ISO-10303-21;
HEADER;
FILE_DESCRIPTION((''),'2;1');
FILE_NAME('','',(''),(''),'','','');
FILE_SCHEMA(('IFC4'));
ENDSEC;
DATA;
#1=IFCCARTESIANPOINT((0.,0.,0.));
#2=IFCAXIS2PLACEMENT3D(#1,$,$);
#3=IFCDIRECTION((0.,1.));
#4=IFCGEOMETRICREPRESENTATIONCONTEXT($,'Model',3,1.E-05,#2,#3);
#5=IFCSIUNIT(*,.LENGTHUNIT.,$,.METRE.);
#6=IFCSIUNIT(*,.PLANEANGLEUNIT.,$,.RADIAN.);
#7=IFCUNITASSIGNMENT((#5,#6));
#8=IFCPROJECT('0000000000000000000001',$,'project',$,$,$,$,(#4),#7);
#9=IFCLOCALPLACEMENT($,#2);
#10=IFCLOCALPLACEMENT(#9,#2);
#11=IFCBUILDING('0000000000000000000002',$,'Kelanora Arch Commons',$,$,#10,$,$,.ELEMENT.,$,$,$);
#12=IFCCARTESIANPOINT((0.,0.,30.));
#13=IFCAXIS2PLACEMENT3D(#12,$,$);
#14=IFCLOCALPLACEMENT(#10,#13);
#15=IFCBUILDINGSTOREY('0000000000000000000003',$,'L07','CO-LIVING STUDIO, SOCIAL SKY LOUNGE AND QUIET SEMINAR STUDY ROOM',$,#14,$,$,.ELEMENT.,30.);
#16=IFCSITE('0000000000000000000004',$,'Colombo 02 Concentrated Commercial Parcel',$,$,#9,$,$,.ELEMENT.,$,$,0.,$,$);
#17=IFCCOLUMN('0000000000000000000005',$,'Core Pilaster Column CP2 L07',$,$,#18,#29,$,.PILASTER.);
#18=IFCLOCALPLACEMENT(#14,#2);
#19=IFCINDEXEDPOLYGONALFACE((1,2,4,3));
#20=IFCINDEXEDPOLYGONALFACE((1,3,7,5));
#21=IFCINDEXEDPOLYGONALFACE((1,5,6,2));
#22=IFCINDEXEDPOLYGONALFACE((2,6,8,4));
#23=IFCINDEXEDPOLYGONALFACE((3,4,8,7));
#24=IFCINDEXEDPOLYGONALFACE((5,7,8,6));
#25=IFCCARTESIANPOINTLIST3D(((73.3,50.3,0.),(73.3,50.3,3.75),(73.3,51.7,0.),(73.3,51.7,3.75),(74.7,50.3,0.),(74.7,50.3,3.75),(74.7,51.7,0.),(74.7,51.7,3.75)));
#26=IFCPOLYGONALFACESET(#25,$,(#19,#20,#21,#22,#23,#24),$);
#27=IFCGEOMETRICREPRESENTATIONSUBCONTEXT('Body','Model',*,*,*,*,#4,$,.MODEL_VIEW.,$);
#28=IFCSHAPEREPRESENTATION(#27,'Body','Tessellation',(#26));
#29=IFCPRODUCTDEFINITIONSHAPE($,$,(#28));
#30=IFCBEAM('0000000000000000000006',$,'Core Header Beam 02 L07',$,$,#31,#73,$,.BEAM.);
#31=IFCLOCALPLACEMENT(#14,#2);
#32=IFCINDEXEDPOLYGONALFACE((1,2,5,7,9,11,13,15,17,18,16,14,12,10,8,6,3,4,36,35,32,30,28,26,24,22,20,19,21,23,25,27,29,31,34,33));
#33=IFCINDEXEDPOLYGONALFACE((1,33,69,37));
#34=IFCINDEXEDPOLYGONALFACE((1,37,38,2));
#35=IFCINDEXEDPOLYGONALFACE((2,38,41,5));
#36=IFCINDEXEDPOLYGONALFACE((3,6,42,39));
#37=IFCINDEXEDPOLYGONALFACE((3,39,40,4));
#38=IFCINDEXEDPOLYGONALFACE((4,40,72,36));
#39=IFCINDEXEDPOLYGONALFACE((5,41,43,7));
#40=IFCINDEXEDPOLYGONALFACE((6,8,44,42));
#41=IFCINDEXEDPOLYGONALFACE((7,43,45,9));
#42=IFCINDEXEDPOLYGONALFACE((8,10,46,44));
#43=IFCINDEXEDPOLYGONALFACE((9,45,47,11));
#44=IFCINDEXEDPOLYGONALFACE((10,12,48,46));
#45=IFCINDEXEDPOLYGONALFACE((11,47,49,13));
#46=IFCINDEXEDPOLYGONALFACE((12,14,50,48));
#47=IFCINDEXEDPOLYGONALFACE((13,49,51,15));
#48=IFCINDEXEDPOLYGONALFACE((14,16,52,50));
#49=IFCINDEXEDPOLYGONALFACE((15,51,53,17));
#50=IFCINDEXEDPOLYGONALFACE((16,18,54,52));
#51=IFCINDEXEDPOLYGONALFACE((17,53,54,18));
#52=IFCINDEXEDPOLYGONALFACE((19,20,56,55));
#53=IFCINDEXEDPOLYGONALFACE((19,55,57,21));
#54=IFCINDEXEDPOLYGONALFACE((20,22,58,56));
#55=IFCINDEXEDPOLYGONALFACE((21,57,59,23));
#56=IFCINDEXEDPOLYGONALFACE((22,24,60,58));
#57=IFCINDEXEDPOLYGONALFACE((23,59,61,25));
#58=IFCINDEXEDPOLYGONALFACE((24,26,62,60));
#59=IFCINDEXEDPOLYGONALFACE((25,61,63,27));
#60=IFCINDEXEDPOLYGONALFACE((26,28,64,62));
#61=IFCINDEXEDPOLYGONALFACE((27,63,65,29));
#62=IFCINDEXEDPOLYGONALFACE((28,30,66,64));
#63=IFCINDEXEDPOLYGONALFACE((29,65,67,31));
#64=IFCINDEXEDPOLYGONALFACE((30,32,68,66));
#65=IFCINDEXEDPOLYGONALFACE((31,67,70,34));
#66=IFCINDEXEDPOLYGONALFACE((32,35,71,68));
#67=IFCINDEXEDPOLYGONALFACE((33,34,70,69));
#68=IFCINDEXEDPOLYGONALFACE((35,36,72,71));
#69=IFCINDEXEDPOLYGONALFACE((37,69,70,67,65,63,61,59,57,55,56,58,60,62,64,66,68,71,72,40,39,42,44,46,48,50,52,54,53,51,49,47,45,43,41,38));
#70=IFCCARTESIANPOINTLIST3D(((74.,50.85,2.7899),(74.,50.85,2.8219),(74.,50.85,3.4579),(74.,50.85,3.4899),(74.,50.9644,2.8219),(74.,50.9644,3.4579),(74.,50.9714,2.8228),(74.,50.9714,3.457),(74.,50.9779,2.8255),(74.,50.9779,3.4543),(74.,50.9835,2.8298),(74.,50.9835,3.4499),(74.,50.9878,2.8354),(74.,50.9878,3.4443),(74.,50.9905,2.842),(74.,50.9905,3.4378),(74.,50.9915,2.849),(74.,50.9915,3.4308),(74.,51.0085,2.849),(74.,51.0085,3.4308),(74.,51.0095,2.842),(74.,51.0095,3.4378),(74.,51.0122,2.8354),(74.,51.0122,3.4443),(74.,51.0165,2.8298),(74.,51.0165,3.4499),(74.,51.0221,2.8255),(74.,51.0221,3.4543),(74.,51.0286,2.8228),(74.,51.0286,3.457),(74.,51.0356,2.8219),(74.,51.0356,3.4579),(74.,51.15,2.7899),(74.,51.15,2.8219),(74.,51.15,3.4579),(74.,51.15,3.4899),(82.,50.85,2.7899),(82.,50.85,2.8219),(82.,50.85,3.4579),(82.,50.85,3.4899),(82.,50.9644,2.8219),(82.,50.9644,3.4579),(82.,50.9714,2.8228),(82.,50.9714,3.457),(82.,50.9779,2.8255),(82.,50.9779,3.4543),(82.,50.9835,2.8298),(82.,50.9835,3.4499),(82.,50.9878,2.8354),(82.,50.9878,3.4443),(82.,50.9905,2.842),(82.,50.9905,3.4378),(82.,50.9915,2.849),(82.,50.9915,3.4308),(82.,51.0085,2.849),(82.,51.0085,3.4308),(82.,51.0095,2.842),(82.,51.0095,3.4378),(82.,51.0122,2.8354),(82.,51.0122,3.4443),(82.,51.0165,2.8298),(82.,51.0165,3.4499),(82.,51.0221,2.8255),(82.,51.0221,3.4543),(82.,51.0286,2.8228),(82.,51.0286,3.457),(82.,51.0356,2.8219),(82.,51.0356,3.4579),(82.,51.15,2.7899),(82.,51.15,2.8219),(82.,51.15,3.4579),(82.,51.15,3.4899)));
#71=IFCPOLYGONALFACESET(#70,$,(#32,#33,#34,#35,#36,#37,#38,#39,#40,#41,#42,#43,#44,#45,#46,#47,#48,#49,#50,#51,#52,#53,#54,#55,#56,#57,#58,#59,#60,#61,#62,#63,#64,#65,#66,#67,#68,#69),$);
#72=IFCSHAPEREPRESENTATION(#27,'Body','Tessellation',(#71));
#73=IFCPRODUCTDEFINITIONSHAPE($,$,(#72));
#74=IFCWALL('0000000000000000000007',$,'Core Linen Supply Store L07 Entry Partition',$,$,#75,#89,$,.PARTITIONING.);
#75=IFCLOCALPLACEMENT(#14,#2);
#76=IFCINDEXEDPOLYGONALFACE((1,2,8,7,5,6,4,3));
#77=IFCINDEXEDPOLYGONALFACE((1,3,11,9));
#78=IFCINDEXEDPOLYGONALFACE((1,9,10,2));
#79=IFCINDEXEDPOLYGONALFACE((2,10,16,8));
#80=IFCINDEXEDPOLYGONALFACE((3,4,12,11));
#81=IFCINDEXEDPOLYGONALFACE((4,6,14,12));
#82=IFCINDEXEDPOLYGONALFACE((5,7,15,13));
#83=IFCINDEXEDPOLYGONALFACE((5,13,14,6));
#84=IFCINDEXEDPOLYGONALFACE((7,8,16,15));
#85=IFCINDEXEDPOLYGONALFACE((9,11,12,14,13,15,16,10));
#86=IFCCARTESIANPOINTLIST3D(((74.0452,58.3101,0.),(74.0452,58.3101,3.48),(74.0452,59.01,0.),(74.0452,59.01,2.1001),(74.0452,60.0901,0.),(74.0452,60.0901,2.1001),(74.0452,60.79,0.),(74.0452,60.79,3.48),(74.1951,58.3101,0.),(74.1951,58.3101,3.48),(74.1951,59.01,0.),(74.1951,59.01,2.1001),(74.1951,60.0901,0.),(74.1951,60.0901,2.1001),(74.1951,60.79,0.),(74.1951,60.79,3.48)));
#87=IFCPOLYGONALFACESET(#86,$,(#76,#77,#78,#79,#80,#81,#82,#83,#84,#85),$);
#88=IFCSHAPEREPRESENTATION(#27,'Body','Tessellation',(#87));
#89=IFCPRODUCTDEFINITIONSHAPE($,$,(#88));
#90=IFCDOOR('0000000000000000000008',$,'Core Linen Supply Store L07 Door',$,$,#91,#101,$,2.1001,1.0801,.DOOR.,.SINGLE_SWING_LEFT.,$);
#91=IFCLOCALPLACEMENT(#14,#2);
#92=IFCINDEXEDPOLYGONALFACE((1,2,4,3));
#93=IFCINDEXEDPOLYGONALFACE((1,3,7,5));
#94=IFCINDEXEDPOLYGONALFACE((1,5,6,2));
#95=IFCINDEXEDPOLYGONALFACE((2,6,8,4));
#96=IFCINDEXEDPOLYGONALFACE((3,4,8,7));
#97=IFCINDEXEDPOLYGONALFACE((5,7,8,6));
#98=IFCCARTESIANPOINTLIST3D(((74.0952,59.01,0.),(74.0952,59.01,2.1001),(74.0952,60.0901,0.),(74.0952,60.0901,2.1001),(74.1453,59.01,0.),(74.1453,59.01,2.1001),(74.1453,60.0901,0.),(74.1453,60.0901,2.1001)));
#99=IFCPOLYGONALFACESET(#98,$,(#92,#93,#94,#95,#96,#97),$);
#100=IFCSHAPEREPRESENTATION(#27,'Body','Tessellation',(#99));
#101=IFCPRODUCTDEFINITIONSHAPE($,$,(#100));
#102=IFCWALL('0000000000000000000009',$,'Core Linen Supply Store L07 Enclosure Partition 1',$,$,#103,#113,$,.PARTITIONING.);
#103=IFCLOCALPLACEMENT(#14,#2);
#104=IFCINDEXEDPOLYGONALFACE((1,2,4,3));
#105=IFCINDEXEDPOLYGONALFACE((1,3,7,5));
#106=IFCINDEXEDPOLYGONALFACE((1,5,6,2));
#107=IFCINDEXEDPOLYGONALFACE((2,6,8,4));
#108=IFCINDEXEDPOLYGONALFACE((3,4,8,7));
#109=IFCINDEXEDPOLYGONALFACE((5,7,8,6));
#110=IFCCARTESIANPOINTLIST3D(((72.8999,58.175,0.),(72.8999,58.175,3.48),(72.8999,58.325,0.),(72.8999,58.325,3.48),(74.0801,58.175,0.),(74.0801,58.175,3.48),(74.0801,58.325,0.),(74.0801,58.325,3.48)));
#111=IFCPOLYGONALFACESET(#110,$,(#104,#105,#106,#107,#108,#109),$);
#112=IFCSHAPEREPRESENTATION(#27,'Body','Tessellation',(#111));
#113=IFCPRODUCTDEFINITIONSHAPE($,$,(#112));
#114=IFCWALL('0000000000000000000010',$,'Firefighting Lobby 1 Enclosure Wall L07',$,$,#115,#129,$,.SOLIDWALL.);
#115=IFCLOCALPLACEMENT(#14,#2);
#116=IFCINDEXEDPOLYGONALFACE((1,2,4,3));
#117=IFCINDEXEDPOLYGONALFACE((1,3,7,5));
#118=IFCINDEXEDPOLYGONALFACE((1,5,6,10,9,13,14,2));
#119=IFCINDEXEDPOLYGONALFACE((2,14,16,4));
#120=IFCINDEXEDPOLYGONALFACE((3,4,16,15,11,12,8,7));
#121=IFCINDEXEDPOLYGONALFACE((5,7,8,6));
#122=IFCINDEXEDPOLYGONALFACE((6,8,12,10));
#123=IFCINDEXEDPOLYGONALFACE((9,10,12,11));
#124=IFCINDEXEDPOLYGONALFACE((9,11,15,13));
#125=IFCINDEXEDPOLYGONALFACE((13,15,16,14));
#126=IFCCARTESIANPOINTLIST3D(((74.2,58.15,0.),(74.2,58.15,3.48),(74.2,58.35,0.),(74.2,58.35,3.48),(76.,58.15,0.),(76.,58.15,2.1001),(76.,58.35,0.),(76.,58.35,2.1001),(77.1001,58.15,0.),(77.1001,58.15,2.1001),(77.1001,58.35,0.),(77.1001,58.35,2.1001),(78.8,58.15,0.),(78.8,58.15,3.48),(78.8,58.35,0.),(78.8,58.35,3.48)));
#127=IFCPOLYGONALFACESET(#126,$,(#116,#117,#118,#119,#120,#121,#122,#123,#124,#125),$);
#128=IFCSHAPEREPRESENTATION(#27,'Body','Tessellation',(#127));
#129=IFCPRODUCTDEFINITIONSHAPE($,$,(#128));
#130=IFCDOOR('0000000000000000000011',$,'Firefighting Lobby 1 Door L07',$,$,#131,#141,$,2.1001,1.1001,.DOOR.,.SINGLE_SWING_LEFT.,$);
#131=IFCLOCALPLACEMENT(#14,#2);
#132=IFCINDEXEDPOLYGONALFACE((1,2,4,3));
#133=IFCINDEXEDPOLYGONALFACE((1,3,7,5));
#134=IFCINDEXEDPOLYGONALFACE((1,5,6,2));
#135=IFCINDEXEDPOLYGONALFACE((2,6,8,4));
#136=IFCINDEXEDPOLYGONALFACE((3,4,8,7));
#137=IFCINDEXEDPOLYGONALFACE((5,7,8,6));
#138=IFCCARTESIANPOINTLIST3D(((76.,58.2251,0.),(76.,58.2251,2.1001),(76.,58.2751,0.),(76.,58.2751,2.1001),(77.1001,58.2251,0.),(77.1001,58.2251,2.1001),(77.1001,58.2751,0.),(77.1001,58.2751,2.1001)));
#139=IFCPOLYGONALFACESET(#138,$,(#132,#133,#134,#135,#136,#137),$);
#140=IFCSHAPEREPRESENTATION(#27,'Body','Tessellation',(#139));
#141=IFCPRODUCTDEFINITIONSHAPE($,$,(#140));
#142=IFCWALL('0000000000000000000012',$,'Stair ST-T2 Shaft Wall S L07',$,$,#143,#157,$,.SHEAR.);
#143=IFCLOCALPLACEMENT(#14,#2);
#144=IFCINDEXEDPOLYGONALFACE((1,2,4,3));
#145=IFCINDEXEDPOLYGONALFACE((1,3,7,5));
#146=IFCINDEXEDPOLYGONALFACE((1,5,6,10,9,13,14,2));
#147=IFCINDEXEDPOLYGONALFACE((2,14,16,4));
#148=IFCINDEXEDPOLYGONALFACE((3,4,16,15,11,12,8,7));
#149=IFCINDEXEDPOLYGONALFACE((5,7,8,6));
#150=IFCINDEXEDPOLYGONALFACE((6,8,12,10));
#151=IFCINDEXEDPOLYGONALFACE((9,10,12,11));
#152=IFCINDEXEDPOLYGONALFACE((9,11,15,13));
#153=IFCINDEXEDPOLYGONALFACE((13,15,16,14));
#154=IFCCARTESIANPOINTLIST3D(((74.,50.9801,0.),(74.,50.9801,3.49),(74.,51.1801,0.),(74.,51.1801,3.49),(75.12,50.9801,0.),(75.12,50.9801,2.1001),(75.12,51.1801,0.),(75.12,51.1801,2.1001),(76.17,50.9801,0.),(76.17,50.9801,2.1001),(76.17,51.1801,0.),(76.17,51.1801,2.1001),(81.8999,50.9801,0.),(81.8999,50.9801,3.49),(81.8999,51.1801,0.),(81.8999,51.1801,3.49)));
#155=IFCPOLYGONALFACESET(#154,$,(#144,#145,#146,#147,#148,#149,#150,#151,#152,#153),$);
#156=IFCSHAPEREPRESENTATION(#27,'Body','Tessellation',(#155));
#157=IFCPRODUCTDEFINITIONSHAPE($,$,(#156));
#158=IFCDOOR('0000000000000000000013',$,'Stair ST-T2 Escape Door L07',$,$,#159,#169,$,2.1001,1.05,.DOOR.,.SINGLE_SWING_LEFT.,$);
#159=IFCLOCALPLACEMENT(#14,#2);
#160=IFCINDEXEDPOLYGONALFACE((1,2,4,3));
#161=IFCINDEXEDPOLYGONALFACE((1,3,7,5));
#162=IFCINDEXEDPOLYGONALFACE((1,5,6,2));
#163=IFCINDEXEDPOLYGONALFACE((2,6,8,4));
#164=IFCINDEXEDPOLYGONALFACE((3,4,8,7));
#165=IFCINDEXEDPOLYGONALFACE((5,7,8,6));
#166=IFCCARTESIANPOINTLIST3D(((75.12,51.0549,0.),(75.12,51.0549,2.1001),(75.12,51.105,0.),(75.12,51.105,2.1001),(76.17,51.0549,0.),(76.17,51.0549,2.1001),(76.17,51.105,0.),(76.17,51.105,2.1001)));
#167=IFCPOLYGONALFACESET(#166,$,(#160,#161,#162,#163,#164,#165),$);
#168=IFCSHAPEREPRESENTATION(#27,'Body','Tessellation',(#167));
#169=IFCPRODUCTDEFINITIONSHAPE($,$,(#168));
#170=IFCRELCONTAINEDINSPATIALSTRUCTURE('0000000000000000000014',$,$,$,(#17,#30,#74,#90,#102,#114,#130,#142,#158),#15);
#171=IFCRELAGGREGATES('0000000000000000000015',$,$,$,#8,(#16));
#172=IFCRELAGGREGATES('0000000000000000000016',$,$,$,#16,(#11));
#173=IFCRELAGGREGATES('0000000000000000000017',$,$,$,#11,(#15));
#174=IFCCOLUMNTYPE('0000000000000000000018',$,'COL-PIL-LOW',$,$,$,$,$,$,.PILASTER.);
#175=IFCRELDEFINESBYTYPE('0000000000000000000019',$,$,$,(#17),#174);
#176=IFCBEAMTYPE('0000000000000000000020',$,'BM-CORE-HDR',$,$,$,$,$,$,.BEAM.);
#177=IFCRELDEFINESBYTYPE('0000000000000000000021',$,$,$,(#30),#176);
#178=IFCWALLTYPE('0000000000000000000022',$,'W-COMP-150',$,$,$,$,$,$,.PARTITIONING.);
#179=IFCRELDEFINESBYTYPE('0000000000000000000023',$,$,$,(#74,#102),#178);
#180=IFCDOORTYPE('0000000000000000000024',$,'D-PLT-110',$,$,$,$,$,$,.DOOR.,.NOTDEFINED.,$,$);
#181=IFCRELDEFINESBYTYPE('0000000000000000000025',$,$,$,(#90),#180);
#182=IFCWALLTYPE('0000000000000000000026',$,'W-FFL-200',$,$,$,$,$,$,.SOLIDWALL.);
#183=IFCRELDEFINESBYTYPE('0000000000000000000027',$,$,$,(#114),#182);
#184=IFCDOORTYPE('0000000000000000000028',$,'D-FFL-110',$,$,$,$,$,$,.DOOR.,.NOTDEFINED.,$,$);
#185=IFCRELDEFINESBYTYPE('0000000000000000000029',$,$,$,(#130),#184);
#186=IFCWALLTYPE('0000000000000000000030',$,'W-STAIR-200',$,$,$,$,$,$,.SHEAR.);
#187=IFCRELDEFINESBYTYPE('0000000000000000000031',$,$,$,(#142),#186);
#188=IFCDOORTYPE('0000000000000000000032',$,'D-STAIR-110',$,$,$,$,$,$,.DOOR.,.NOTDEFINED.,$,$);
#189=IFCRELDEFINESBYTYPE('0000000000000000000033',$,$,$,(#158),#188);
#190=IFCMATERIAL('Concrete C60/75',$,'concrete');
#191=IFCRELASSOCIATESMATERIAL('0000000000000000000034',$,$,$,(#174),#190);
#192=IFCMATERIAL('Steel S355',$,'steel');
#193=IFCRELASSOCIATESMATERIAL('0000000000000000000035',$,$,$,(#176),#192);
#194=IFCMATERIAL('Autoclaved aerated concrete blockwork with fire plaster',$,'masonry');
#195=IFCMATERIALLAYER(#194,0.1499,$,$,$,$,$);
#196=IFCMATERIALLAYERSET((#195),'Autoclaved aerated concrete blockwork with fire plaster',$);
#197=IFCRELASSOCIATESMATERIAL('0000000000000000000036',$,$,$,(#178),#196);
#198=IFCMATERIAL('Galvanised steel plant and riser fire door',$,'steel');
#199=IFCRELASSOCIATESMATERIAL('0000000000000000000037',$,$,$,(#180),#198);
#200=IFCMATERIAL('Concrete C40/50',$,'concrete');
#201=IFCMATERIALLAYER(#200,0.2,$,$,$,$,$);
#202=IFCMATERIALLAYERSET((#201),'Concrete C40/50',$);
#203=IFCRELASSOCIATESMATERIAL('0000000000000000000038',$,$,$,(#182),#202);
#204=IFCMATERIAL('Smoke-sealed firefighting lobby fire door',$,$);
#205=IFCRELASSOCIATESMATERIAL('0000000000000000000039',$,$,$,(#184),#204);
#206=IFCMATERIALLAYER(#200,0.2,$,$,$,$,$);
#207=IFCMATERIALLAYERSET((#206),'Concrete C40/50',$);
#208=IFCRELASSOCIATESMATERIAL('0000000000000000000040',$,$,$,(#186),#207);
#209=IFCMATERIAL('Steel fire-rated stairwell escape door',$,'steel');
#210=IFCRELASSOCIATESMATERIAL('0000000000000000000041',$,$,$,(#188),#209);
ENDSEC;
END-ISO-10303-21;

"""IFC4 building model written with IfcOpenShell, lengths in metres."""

from ifc_helpers import new_model, si_unit, direction, frame, frame_2d, origin, origin_2d, place, context, subcontext, project, spatial, rectangle, i_section, extrude, material, layer, layer_set, material_profile, profile_set, type_object, element, fill, save


model = new_model("IFC4")

# Units and contexts
model_context = context("Model", 3, precision=1e-05, world=origin(), true_north=direction((0.0, 1.0)))
body_context = subcontext(model_context, "Body", "Model", "MODEL_VIEW")
ifc_project = project(units=[si_unit("LENGTHUNIT", "METRE"), si_unit("PLANEANGLEUNIT", "RADIAN")], contexts=[model_context])

# Site, building, storey
site_placement = place(None, origin())
site = spatial("IfcSite", under=ifc_project, at=site_placement, Name="Colombo 02 Concentrated Commercial Parcel", CompositionType="ELEMENT", RefElevation=0.0)
building_placement = place(site_placement, origin())
building = spatial("IfcBuilding", under=site, at=building_placement, Name="Kelanora Arch Commons", CompositionType="ELEMENT")
storey_placement = place(building_placement, frame((0.0, 0.0, 30.0)))
storey = spatial("IfcBuildingStorey", under=building, at=storey_placement, Name="L07", Description="CO-LIVING STUDIO, SOCIAL SKY LOUNGE AND QUIET SEMINAR STUDY ROOM", CompositionType="ELEMENT", Elevation=30.0)

# Column
ifc_material_1 = material(Name="Concrete C60/75", Category="concrete")
ifc_material_profile_1 = material_profile(ifc_material_1, rectangle(XDim=1.3999, YDim=1.3999, at=origin_2d()), Name="RC1400x1400")
ifc_profile_set_1 = profile_set([ifc_material_profile_1], Name="Concrete C60/75")
column_type = type_object("IfcColumnType", Name="COL-PIL-LOW", PredefinedType="PILASTER", material=ifc_profile_set_1)
column_placement = place(storey_placement, frame((74.0, 51.0, 0.0), z_axis=(0.0, 0.0, 1.0), x_axis=(1.0, 0.0, 0.0)))
element("IfcColumn", 1, at=column_placement, inside=storey, type_object=column_type, Name="Core Pilaster Column CP2 L07", PredefinedType="PILASTER", context=body_context, shape_type="SweptSolid", body=[
    extrude(rectangle(XDim=1.3999, YDim=1.3999, at=origin_2d()), origin(), (0.0, 0.0, 1.0), 3.75),
])

# Beam
ifc_material_2 = material(Name="Steel S355", Category="steel")
ifc_material_profile_2 = material_profile(ifc_material_2, i_section(OverallWidth=0.3, OverallDepth=0.7, WebThickness=0.0171, FlangeThickness=0.032, FilletRadius=0.0271, at=origin_2d()), Name="HEB700")
ifc_profile_set_2 = profile_set([ifc_material_profile_2], Name="Steel S355")
beam_type = type_object("IfcBeamType", Name="BM-CORE-HDR", PredefinedType="BEAM", material=ifc_profile_set_2)
beam_placement = place(storey_placement, frame((74.0, 51.0, 3.1399), z_axis=(1.0, 0.0, 0.0), x_axis=(0.0, 1.0, 0.0)))
element("IfcBeam", 2, at=beam_placement, inside=storey, type_object=beam_type, Name="Core Header Beam 02 L07", PredefinedType="BEAM", context=body_context, shape_type="SweptSolid", body=[
    extrude(i_section(OverallWidth=0.3, OverallDepth=0.7, WebThickness=0.0171, FlangeThickness=0.032, FilletRadius=0.0271, at=origin_2d()), origin(), (0.0, 0.0, 1.0), 8.0),
])

# Wall, opening, door
ifc_material_3 = material(Name="Autoclaved aerated concrete blockwork with fire plaster", Category="masonry")
ifc_layer_1 = layer(ifc_material_3, 0.1499)
ifc_layer_set_1 = layer_set([ifc_layer_1], Name="Autoclaved aerated concrete blockwork with fire plaster")
wall_type_1 = type_object("IfcWallType", Name="W-COMP-150", PredefinedType="PARTITIONING", material=ifc_layer_set_1)
wall_1_placement = place(storey_placement, frame((74.1201, 58.3101, 0.0), z_axis=(0.0, 0.0, 1.0), x_axis=(0.0, 1.0, 0.0)))
wall_1 = element("IfcWall", 3, at=wall_1_placement, inside=storey, type_object=wall_type_1, Name="Core Linen Supply Store L07 Entry Partition", PredefinedType="PARTITIONING", context=body_context, shape_type="SweptSolid", body=[
    extrude(rectangle(XDim=2.48, YDim=0.1499, at=frame_2d((1.24, 0.0))), origin(), (0.0, 0.0, 1.0), 3.48),
])
opening_1_placement = place(wall_1_placement, frame((0.7, 0.0, 0.0)))
opening_1 = element("IfcOpeningElement", 4, at=opening_1_placement, cuts=wall_1, PredefinedType="OPENING", context=body_context, shape_type="SweptSolid", body=[
    extrude(rectangle(XDim=1.0801, YDim=2.1001, at=frame_2d((0.54, 1.05))), frame((0.0, 0.085, 0.0), z_axis=(0.0, -1.0, 0.0), x_axis=(1.0, 0.0, 0.0)), (0.0, 0.0, 1.0), 0.1699),
])
ifc_material_4 = material(Name="Galvanised steel plant and riser fire door", Category="steel")
door_type_1 = type_object("IfcDoorType", Name="D-PLT-110", OperationType="NOTDEFINED", PredefinedType="DOOR", material=ifc_material_4)
door_1_placement = place(opening_1_placement, origin())
door_1 = element("IfcDoor", 5, at=door_1_placement, inside=storey, type_object=door_type_1, Name="Core Linen Supply Store L07 Door", OperationType="SINGLE_SWING_LEFT", OverallHeight=2.1001, OverallWidth=1.0801, PredefinedType="DOOR", context=body_context, shape_type="SweptSolid", body=[
    extrude(rectangle(XDim=1.0801, YDim=2.1001, at=frame_2d((0.54, 1.05))), frame((0.0, 0.0249, 0.0), z_axis=(0.0, -1.0, 0.0), x_axis=(1.0, 0.0, 0.0)), (0.0, 0.0, 1.0), 0.05),
])
fill(opening_1, door_1)

# Wall
wall_2_placement = place(storey_placement, frame((72.8999, 58.25, 0.0), z_axis=(0.0, 0.0, 1.0), x_axis=(1.0, 0.0, 0.0)))
element("IfcWall", 6, at=wall_2_placement, inside=storey, type_object=wall_type_1, Name="Core Linen Supply Store L07 Enclosure Partition 1", PredefinedType="PARTITIONING", context=body_context, shape_type="SweptSolid", body=[
    extrude(rectangle(XDim=1.1802, YDim=0.1499, at=frame_2d((0.5901, 0.0))), origin(), (0.0, 0.0, 1.0), 3.48),
])

# Walls, openings, doors
ifc_material_5 = material(Name="Concrete C40/50", Category="concrete")
ifc_layer_2 = layer(ifc_material_5, 0.2)
ifc_layer_set_2 = layer_set([ifc_layer_2], Name="Concrete C40/50")
wall_type_2 = type_object("IfcWallType", Name="W-FFL-200", PredefinedType="SOLIDWALL", material=ifc_layer_set_2)
wall_3_placement = place(storey_placement, frame((74.2, 58.25, 0.0), z_axis=(0.0, 0.0, 1.0), x_axis=(1.0, 0.0, 0.0)))
wall_3 = element("IfcWall", 7, at=wall_3_placement, inside=storey, type_object=wall_type_2, Name="Firefighting Lobby 1 Enclosure Wall L07", PredefinedType="SOLIDWALL", context=body_context, shape_type="SweptSolid", body=[
    extrude(rectangle(XDim=4.6001, YDim=0.2, at=frame_2d((2.3, 0.0))), origin(), (0.0, 0.0, 1.0), 3.48),
])
opening_2_placement = place(wall_3_placement, frame((1.8, 0.0, 0.0)))
opening_2 = element("IfcOpeningElement", 8, at=opening_2_placement, cuts=wall_3, PredefinedType="OPENING", context=body_context, shape_type="SweptSolid", body=[
    extrude(rectangle(XDim=1.1001, YDim=2.1001, at=frame_2d((0.55, 1.05))), frame((0.0, 0.1099, 0.0), z_axis=(0.0, -1.0, 0.0), x_axis=(1.0, 0.0, 0.0)), (0.0, 0.0, 1.0), 0.22),
])
ifc_material_6 = material(Name="Smoke-sealed firefighting lobby fire door")
door_type_2 = type_object("IfcDoorType", Name="D-FFL-110", OperationType="NOTDEFINED", PredefinedType="DOOR", material=ifc_material_6)
door_2_placement = place(opening_2_placement, frame((1.1001, 0.0, 0.0), z_axis=(0.0, 0.0, 1.0), x_axis=(-1.0, 0.0, 0.0)))
door_2 = element("IfcDoor", 9, at=door_2_placement, inside=storey, type_object=door_type_2, Name="Firefighting Lobby 1 Door L07", OperationType="SINGLE_SWING_LEFT", OverallHeight=2.1001, OverallWidth=1.1001, PredefinedType="DOOR", context=body_context, shape_type="SweptSolid", body=[
    extrude(rectangle(XDim=1.1001, YDim=2.1001, at=frame_2d((0.55, 1.05))), frame((0.0, 0.0249, 0.0), z_axis=(0.0, -1.0, 0.0), x_axis=(1.0, 0.0, 0.0)), (0.0, 0.0, 1.0), 0.05),
])
fill(opening_2, door_2)
ifc_layer_3 = layer(ifc_material_5, 0.2)
ifc_layer_set_3 = layer_set([ifc_layer_3], Name="Concrete C40/50")
wall_type_3 = type_object("IfcWallType", Name="W-STAIR-200", PredefinedType="SHEAR", material=ifc_layer_set_3)
wall_4_placement = place(storey_placement, frame((74.0, 51.0801, 0.0), z_axis=(0.0, 0.0, 1.0), x_axis=(1.0, 0.0, 0.0)))
wall_4 = element("IfcWall", 10, at=wall_4_placement, inside=storey, type_object=wall_type_3, Name="Stair ST-T2 Shaft Wall S L07", PredefinedType="SHEAR", context=body_context, shape_type="SweptSolid", body=[
    extrude(rectangle(XDim=7.8999, YDim=0.2, at=frame_2d((3.95, 0.0))), origin(), (0.0, 0.0, 1.0), 3.49),
])
opening_3_placement = place(wall_4_placement, frame((1.1201, 0.0, 0.0)))
opening_3 = element("IfcOpeningElement", 11, at=opening_3_placement, cuts=wall_4, PredefinedType="OPENING", context=body_context, shape_type="SweptSolid", body=[
    extrude(rectangle(XDim=1.05, YDim=2.1001, at=frame_2d((0.5249, 1.05))), frame((0.0, 0.1099, 0.0), z_axis=(0.0, -1.0, 0.0), x_axis=(1.0, 0.0, 0.0)), (0.0, 0.0, 1.0), 0.22),
])
ifc_material_7 = material(Name="Steel fire-rated stairwell escape door", Category="steel")
door_type_3 = type_object("IfcDoorType", Name="D-STAIR-110", OperationType="NOTDEFINED", PredefinedType="DOOR", material=ifc_material_7)
door_3_placement = place(opening_3_placement, origin())
door_3 = element("IfcDoor", 12, at=door_3_placement, inside=storey, type_object=door_type_3, Name="Stair ST-T2 Escape Door L07", OperationType="SINGLE_SWING_LEFT", OverallHeight=2.1001, OverallWidth=1.05, PredefinedType="DOOR", context=body_context, shape_type="SweptSolid", body=[
    extrude(rectangle(XDim=1.05, YDim=2.1001, at=frame_2d((0.5249, 1.05))), frame((0.0, 0.0249, 0.0), z_axis=(0.0, -1.0, 0.0), x_axis=(1.0, 0.0, 0.0)), (0.0, 0.0, 1.0), 0.05),
])
fill(opening_3, door_3)

save(model, "model.ifc")
